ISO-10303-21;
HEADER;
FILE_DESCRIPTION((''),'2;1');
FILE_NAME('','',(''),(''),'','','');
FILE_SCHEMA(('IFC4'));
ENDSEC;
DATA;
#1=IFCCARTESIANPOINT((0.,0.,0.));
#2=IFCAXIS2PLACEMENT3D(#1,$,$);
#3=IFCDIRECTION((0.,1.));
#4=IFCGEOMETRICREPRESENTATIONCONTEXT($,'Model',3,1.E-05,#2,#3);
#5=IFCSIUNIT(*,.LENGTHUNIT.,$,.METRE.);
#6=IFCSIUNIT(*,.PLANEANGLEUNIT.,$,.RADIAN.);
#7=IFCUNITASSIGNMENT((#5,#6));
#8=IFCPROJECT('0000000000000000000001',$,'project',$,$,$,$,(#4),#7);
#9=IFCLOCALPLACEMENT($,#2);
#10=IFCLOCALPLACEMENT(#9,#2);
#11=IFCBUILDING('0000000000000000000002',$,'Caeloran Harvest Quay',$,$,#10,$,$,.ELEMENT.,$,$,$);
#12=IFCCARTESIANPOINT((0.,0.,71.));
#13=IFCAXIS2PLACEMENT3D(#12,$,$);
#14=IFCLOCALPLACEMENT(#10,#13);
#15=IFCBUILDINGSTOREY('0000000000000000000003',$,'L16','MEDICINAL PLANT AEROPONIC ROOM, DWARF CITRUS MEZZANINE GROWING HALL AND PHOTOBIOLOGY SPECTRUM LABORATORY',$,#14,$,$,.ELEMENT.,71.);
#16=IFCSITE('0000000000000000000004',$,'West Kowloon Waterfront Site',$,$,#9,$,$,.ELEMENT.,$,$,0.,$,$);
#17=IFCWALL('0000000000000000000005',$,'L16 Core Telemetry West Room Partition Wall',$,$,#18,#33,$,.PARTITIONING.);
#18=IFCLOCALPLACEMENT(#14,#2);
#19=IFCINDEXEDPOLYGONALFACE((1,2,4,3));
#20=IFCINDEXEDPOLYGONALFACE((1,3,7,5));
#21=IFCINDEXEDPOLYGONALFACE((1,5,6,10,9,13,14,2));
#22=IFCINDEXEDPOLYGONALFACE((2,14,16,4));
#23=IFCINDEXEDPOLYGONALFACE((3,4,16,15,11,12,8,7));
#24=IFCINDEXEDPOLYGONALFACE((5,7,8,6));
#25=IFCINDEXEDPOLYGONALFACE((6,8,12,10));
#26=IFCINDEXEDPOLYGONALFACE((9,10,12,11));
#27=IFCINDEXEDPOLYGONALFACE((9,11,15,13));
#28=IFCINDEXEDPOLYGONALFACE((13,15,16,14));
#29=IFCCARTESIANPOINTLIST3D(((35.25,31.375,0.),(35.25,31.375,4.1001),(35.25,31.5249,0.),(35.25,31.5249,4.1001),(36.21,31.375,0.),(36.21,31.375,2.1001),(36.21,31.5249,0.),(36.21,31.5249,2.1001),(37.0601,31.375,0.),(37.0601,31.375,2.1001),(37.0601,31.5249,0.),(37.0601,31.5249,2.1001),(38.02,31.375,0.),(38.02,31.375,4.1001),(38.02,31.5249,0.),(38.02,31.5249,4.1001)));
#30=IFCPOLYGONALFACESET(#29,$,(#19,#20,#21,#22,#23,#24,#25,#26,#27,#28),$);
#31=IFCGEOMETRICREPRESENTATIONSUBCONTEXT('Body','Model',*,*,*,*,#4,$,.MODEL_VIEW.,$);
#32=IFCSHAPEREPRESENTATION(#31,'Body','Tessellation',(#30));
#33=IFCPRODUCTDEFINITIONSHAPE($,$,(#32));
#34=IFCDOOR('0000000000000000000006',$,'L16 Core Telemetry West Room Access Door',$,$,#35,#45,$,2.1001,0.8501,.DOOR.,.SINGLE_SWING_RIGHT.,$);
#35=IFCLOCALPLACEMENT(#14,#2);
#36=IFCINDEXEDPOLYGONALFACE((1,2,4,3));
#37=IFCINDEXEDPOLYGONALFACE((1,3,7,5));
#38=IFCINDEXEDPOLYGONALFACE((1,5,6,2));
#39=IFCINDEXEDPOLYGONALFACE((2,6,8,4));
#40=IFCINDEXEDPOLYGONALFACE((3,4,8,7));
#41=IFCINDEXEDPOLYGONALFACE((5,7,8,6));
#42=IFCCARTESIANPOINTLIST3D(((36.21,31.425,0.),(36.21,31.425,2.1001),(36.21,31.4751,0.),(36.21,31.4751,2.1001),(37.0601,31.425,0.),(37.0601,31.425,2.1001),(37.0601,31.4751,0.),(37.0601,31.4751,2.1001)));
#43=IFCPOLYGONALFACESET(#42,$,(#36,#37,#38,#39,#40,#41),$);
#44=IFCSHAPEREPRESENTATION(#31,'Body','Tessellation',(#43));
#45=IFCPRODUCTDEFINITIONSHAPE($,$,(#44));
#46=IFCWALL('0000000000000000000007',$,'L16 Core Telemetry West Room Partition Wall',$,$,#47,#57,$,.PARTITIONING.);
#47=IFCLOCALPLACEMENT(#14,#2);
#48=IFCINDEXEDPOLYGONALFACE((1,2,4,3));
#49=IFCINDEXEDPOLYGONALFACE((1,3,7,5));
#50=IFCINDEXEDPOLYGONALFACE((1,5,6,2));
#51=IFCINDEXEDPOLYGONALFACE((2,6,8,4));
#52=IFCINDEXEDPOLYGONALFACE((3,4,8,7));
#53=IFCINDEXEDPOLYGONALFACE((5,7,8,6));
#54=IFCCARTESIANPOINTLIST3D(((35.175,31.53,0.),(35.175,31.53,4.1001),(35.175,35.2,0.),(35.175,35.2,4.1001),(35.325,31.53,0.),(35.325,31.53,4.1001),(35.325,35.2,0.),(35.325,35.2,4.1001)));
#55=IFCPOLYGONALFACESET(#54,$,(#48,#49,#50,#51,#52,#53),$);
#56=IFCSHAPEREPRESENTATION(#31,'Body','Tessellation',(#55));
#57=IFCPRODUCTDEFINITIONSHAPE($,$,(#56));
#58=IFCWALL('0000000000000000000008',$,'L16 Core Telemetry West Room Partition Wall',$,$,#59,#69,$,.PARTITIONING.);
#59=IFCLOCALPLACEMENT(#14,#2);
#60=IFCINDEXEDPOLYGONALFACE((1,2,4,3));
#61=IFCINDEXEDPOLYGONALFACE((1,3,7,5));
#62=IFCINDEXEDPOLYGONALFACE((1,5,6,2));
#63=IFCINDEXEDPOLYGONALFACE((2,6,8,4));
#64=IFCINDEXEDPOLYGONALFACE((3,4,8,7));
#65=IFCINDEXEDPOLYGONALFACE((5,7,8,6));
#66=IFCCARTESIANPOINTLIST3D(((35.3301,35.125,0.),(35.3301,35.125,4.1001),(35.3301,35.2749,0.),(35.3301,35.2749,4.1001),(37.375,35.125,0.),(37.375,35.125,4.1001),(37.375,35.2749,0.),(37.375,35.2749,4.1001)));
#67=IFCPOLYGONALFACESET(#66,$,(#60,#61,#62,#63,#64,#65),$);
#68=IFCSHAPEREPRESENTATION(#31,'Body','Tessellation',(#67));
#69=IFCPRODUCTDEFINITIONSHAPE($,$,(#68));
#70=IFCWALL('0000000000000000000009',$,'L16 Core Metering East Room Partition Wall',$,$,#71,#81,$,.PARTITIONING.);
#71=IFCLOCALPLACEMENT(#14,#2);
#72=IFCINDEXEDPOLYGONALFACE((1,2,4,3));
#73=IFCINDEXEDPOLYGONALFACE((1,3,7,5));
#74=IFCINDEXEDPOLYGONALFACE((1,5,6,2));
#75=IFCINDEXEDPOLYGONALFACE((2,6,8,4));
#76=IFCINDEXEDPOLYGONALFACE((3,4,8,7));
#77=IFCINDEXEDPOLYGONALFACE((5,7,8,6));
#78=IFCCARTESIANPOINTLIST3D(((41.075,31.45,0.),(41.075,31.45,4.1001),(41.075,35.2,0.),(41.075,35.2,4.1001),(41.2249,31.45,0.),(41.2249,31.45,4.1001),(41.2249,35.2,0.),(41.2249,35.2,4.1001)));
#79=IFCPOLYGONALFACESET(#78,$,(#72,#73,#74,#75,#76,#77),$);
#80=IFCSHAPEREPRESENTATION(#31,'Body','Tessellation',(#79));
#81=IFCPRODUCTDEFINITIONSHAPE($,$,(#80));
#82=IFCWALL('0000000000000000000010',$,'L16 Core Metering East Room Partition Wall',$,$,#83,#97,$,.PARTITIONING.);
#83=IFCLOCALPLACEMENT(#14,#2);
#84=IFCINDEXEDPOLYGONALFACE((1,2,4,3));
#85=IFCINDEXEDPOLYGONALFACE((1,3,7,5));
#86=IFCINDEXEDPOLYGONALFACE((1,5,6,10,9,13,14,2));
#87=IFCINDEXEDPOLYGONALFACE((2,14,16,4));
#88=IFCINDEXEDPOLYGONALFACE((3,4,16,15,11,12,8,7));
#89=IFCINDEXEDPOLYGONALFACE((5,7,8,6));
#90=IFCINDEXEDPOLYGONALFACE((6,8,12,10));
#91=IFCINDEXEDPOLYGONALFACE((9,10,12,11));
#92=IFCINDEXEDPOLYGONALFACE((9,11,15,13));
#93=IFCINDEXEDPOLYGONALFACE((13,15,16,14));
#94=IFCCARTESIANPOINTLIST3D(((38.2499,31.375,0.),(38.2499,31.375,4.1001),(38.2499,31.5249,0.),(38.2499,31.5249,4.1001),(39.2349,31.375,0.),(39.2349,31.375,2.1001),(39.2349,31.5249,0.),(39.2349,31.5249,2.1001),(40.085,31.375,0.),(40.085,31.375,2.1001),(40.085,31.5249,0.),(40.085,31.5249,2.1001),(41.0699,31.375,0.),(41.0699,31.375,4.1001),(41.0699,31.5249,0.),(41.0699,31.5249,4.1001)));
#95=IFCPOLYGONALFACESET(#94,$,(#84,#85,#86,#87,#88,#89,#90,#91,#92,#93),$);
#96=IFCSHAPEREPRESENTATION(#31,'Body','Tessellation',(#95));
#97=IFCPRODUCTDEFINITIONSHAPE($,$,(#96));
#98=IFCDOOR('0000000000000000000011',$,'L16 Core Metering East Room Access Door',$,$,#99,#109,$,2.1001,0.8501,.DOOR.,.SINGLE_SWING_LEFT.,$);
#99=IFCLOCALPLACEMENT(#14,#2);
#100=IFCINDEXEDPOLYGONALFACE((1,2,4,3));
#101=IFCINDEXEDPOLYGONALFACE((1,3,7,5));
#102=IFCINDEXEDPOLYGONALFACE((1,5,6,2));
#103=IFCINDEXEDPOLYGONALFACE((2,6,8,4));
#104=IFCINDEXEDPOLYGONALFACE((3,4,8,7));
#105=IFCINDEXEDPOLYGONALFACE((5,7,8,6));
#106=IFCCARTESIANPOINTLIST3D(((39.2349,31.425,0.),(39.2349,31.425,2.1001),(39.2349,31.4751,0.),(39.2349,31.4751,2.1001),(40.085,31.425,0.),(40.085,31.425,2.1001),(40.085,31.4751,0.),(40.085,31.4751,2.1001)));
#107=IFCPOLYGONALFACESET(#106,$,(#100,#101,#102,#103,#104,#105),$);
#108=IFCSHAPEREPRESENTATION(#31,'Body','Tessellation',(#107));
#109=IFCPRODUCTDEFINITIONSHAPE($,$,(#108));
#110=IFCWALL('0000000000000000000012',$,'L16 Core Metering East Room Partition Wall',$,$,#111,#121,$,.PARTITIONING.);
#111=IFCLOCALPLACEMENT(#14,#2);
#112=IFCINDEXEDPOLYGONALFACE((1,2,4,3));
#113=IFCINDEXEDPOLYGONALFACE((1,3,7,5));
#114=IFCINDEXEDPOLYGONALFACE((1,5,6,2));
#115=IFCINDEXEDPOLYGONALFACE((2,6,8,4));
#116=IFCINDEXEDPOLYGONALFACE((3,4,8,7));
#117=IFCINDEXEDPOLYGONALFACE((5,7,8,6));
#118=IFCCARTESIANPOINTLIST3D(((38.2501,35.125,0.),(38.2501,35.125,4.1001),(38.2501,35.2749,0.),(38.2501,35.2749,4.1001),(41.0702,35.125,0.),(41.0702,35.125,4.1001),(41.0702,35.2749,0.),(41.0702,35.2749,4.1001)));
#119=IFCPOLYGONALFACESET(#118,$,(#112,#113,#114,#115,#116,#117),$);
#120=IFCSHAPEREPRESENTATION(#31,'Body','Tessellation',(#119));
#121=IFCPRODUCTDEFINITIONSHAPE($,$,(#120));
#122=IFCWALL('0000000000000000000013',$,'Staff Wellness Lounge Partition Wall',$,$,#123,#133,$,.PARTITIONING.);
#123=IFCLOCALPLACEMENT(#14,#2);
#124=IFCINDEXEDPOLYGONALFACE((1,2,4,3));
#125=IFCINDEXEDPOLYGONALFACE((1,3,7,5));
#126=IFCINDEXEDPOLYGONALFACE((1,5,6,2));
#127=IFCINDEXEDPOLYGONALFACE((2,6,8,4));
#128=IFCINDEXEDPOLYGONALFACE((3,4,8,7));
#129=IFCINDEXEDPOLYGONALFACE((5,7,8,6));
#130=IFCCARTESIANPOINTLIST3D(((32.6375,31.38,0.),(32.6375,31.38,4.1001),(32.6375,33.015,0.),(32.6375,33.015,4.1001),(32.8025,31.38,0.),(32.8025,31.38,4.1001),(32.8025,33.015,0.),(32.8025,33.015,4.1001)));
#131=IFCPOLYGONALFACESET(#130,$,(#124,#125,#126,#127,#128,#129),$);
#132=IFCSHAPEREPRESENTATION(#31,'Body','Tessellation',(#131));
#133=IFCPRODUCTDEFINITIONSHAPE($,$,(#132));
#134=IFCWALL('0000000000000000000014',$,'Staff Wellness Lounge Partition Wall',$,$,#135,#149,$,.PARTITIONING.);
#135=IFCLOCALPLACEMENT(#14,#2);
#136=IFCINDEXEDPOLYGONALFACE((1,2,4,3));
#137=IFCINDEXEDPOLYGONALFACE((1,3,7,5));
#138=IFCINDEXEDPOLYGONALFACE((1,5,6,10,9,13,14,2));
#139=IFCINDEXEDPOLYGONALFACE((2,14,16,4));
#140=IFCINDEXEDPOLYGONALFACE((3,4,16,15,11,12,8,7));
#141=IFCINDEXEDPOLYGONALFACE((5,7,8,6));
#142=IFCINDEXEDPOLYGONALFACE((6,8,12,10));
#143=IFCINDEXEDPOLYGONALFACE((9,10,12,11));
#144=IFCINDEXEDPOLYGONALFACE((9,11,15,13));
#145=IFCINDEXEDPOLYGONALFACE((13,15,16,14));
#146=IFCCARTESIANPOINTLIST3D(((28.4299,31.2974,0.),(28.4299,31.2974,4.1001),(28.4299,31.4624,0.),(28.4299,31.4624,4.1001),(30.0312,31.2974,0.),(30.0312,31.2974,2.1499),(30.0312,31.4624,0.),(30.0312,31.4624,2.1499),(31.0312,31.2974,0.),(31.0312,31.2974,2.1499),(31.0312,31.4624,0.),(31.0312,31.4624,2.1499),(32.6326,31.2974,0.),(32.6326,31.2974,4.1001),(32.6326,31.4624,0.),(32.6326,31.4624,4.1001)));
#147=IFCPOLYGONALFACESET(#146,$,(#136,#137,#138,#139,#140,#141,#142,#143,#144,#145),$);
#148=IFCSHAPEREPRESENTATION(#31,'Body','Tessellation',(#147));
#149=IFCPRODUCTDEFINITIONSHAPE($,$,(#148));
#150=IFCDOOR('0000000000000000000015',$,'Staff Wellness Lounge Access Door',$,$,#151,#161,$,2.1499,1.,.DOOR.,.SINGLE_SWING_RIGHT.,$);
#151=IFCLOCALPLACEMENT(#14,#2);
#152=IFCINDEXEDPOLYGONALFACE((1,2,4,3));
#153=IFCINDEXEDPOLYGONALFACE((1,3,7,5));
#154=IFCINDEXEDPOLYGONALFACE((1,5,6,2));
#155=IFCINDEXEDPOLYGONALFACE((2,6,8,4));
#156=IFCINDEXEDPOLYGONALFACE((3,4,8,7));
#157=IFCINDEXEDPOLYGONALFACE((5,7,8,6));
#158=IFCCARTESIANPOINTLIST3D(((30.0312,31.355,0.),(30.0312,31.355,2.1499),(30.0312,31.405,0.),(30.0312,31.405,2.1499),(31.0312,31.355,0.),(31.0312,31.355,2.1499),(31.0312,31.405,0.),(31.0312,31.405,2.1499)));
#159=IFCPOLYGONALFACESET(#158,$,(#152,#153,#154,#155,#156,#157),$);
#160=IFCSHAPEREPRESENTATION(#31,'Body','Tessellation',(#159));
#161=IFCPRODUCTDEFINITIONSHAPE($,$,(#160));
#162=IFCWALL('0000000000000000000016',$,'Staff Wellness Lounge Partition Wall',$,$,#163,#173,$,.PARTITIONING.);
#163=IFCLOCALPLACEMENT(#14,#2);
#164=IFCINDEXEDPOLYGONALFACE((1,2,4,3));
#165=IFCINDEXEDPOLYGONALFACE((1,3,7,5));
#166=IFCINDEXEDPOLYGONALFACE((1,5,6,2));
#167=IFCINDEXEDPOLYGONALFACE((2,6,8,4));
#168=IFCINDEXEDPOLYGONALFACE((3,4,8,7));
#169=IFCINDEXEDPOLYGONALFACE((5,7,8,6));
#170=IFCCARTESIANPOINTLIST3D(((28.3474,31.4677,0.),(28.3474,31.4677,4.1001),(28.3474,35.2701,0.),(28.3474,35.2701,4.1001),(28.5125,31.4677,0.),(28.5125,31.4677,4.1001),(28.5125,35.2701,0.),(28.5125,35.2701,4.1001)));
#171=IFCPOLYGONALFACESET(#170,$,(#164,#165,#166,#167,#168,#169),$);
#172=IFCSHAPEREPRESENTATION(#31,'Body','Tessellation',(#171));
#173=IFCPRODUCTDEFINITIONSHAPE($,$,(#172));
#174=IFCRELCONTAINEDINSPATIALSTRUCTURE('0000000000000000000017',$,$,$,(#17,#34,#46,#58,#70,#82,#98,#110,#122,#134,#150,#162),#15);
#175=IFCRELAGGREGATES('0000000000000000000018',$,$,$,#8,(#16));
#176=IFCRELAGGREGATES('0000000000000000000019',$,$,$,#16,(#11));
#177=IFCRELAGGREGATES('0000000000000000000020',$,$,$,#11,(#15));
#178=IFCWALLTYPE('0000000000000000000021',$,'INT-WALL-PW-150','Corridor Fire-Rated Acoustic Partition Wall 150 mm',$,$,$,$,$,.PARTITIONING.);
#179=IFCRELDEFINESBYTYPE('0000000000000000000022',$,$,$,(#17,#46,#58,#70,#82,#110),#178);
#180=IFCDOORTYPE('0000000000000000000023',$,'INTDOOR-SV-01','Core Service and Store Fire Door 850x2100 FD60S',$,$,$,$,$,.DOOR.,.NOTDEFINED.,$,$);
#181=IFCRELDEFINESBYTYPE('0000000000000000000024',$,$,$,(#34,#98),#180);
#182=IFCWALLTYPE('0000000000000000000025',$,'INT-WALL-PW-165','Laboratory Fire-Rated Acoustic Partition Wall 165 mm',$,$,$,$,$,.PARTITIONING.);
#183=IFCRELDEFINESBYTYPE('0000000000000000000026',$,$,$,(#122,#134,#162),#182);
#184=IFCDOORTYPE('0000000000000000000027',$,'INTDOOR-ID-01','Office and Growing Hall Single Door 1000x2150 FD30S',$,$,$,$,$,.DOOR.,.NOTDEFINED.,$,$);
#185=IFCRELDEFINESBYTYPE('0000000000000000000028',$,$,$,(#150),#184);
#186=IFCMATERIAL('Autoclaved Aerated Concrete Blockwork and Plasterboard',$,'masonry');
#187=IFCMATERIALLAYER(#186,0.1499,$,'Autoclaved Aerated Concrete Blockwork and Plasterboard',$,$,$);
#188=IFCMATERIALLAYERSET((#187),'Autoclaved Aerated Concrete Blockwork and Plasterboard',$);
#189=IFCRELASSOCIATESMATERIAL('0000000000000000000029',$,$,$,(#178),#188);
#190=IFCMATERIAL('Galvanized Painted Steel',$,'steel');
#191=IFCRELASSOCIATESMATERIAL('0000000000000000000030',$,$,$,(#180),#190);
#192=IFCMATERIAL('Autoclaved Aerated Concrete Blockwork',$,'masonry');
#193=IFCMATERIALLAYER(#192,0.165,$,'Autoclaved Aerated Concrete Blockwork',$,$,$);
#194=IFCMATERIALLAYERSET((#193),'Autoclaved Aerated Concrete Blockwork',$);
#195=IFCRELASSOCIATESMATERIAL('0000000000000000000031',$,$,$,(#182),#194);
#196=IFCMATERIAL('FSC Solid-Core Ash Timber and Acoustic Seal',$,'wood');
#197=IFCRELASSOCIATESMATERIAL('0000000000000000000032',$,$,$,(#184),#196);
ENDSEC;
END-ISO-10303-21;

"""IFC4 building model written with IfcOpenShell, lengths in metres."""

from ifc_helpers import new_model, si_unit, direction, frame, frame_2d, origin, place, context, subcontext, project, spatial, rectangle, extrude, material, layer, layer_set, type_object, element, fill, save


model = new_model("IFC4")

# Units and contexts
model_context = context("Model", 3, precision=1e-05, world=origin(), true_north=direction((0.0, 1.0)))
body_context = subcontext(model_context, "Body", "Model", "MODEL_VIEW")
ifc_project = project(units=[si_unit("LENGTHUNIT", "METRE"), si_unit("PLANEANGLEUNIT", "RADIAN")], contexts=[model_context])

# Site, building, storey
site_placement = place(None, origin())
site = spatial("IfcSite", under=ifc_project, at=site_placement, Name="West Kowloon Waterfront Site", CompositionType="ELEMENT", RefElevation=0.0)
building_placement = place(site_placement, origin())
building = spatial("IfcBuilding", under=site, at=building_placement, Name="Caeloran Harvest Quay", CompositionType="ELEMENT")
storey_placement = place(building_placement, frame((0.0, 0.0, 71.0)))
storey = spatial("IfcBuildingStorey", under=building, at=storey_placement, Name="L16", Description="MEDICINAL PLANT AEROPONIC ROOM, DWARF CITRUS MEZZANINE GROWING HALL AND PHOTOBIOLOGY SPECTRUM LABORATORY", CompositionType="ELEMENT", Elevation=71.0)

# Shared definitions
ifc_material_1 = material(Name="Autoclaved Aerated Concrete Blockwork and Plasterboard", Category="masonry")
ifc_layer_1 = layer(ifc_material_1, 0.1499, Name="Autoclaved Aerated Concrete Blockwork and Plasterboard")
ifc_layer_set_1 = layer_set([ifc_layer_1], Name="Autoclaved Aerated Concrete Blockwork and Plasterboard")
wall_type_1 = type_object("IfcWallType", Name="INT-WALL-PW-150", Description="Corridor Fire-Rated Acoustic Partition Wall 150 mm", PredefinedType="PARTITIONING", material=ifc_layer_set_1)

# Wall, opening, door
wall_1_placement = place(storey_placement, frame((38.02, 31.45, 0.0), z_axis=(0.0, 0.0, 1.0), x_axis=(-1.0, 0.0, 0.0)))
wall_1 = element("IfcWall", 1, at=wall_1_placement, inside=storey, type_object=wall_type_1, Name="L16 Core Telemetry West Room Partition Wall", PredefinedType="PARTITIONING", context=body_context, shape_type="SweptSolid", body=[
    extrude(rectangle(XDim=2.77, YDim=0.1499, at=frame_2d((1.385, 0.0))), origin(), (0.0, 0.0, 1.0), 4.1001),
])
opening_1_placement = place(wall_1_placement, frame((0.96, 0.0, 0.0)))
opening_1 = element("IfcOpeningElement", 2, at=opening_1_placement, cuts=wall_1, PredefinedType="OPENING", context=body_context, shape_type="SweptSolid", body=[
    extrude(rectangle(XDim=0.8501, YDim=2.1001, at=frame_2d((0.425, 1.05))), frame((0.0, 0.085, 0.0), z_axis=(0.0, -1.0, 0.0), x_axis=(1.0, 0.0, 0.0)), (0.0, 0.0, 1.0), 0.1699),
])
ifc_material_2 = material(Name="Galvanized Painted Steel", Category="steel")
door_type_1 = type_object("IfcDoorType", Name="INTDOOR-SV-01", Description="Core Service and Store Fire Door 850x2100 FD60S", OperationType="NOTDEFINED", PredefinedType="DOOR", material=ifc_material_2)
door_1_placement = place(opening_1_placement, origin())
door_1 = element("IfcDoor", 3, at=door_1_placement, inside=storey, type_object=door_type_1, Name="L16 Core Telemetry West Room Access Door", OperationType="SINGLE_SWING_RIGHT", OverallHeight=2.1001, OverallWidth=0.8501, PredefinedType="DOOR", context=body_context, shape_type="SweptSolid", body=[
    extrude(rectangle(XDim=0.8501, YDim=2.1001, at=frame_2d((0.425, 1.05))), frame((0.0, 0.0249, 0.0), z_axis=(0.0, -1.0, 0.0), x_axis=(1.0, 0.0, 0.0)), (0.0, 0.0, 1.0), 0.05),
])
fill(opening_1, door_1)

# Walls
wall_2_placement = place(storey_placement, frame((35.25, 31.53, 0.0), z_axis=(0.0, 0.0, 1.0), x_axis=(0.0, 1.0, 0.0)))
element("IfcWall", 4, at=wall_2_placement, inside=storey, type_object=wall_type_1, Name="L16 Core Telemetry West Room Partition Wall", PredefinedType="PARTITIONING", context=body_context, shape_type="SweptSolid", body=[
    extrude(rectangle(XDim=3.6699, YDim=0.1499, at=frame_2d((1.835, 0.0))), origin(), (0.0, 0.0, 1.0), 4.1001),
])
wall_3_placement = place(storey_placement, frame((35.3301, 35.2, 0.0), z_axis=(0.0, 0.0, 1.0), x_axis=(1.0, 0.0, 0.0)))
element("IfcWall", 5, at=wall_3_placement, inside=storey, type_object=wall_type_1, Name="L16 Core Telemetry West Room Partition Wall", PredefinedType="PARTITIONING", context=body_context, shape_type="SweptSolid", body=[
    extrude(rectangle(XDim=2.0449, YDim=0.1499, at=frame_2d((1.0225, 0.0))), origin(), (0.0, 0.0, 1.0), 4.1001),
])
wall_4_placement = place(storey_placement, frame((41.1499, 35.2, 0.0), z_axis=(0.0, 0.0, 1.0), x_axis=(0.0, -1.0, 0.0)))
element("IfcWall", 6, at=wall_4_placement, inside=storey, type_object=wall_type_1, Name="L16 Core Metering East Room Partition Wall", PredefinedType="PARTITIONING", context=body_context, shape_type="SweptSolid", body=[
    extrude(rectangle(XDim=3.75, YDim=0.1499, at=frame_2d((1.875, 0.0))), origin(), (0.0, 0.0, 1.0), 4.1001),
])

# Wall, opening, door
wall_5_placement = place(storey_placement, frame((41.0701, 31.45, 0.0), z_axis=(0.0, 0.0, 1.0), x_axis=(-1.0, 0.0, 0.0)))
wall_5 = element("IfcWall", 7, at=wall_5_placement, inside=storey, type_object=wall_type_1, Name="L16 Core Metering East Room Partition Wall", PredefinedType="PARTITIONING", context=body_context, shape_type="SweptSolid", body=[
    extrude(rectangle(XDim=2.8201, YDim=0.1499, at=frame_2d((1.4102, 0.0))), origin(), (0.0, 0.0, 1.0), 4.1001),
])
opening_2_placement = place(wall_5_placement, frame((0.9851, 0.0, 0.0)))
opening_2 = element("IfcOpeningElement", 8, at=opening_2_placement, cuts=wall_5, PredefinedType="OPENING", context=body_context, shape_type="SweptSolid", body=[
    extrude(rectangle(XDim=0.8501, YDim=2.1001, at=frame_2d((0.425, 1.05))), frame((0.0, 0.085, 0.0), z_axis=(0.0, -1.0, 0.0), x_axis=(1.0, 0.0, 0.0)), (0.0, 0.0, 1.0), 0.1699),
])
door_2_placement = place(opening_2_placement, origin())
door_2 = element("IfcDoor", 9, at=door_2_placement, inside=storey, type_object=door_type_1, Name="L16 Core Metering East Room Access Door", OperationType="SINGLE_SWING_LEFT", OverallHeight=2.1001, OverallWidth=0.8501, PredefinedType="DOOR", context=body_context, shape_type="SweptSolid", body=[
    extrude(rectangle(XDim=0.8501, YDim=2.1001, at=frame_2d((0.425, 1.05))), frame((0.0, 0.0249, 0.0), z_axis=(0.0, -1.0, 0.0), x_axis=(1.0, 0.0, 0.0)), (0.0, 0.0, 1.0), 0.05),
])
fill(opening_2, door_2)

# Walls
wall_6_placement = place(storey_placement, frame((38.25, 35.2, 0.0), z_axis=(0.0, 0.0, 1.0), x_axis=(1.0, 0.0, 0.0)))
element("IfcWall", 10, at=wall_6_placement, inside=storey, type_object=wall_type_1, Name="L16 Core Metering East Room Partition Wall", PredefinedType="PARTITIONING", context=body_context, shape_type="SweptSolid", body=[
    extrude(rectangle(XDim=2.8201, YDim=0.1499, at=frame_2d((1.4102, 0.0))), origin(), (0.0, 0.0, 1.0), 4.1001),
])
ifc_material_3 = material(Name="Autoclaved Aerated Concrete Blockwork", Category="masonry")
ifc_layer_2 = layer(ifc_material_3, 0.165, Name="Autoclaved Aerated Concrete Blockwork")
ifc_layer_set_2 = layer_set([ifc_layer_2], Name="Autoclaved Aerated Concrete Blockwork")
wall_type_2 = type_object("IfcWallType", Name="INT-WALL-PW-165", Description="Laboratory Fire-Rated Acoustic Partition Wall 165 mm", PredefinedType="PARTITIONING", material=ifc_layer_set_2)
wall_7_placement = place(storey_placement, frame((32.72, 33.0149, 0.0), z_axis=(0.0, 0.0, 1.0), x_axis=(0.0, -1.0, 0.0)))
element("IfcWall", 11, at=wall_7_placement, inside=storey, type_object=wall_type_2, Name="Staff Wellness Lounge Partition Wall", PredefinedType="PARTITIONING", context=body_context, shape_type="SweptSolid", body=[
    extrude(rectangle(XDim=1.635, YDim=0.165, at=frame_2d((0.8174, 0.0))), origin(), (0.0, 0.0, 1.0), 4.1001),
])

# Wall, opening, door
wall_8_placement = place(storey_placement, frame((32.6326, 31.3799, 0.0), z_axis=(0.0, 0.0, 1.0), x_axis=(-1.0, 0.0, 0.0)))
wall_8 = element("IfcWall", 12, at=wall_8_placement, inside=storey, type_object=wall_type_2, Name="Staff Wellness Lounge Partition Wall", PredefinedType="PARTITIONING", context=body_context, shape_type="SweptSolid", body=[
    extrude(rectangle(XDim=4.2026, YDim=0.165, at=frame_2d((2.1013, 0.0))), origin(), (0.0, 0.0, 1.0), 4.1001),
])
opening_3_placement = place(wall_8_placement, frame((1.6013, 0.0, 0.0)))
opening_3 = element("IfcOpeningElement", 13, at=opening_3_placement, cuts=wall_8, PredefinedType="OPENING", context=body_context, shape_type="SweptSolid", body=[
    extrude(rectangle(XDim=1.0, YDim=2.1499, at=frame_2d((0.5, 1.075))), frame((0.0, 0.0925, 0.0), z_axis=(0.0, -1.0, 0.0), x_axis=(1.0, 0.0, 0.0)), (0.0, 0.0, 1.0), 0.1851),
])
ifc_material_4 = material(Name="FSC Solid-Core Ash Timber and Acoustic Seal", Category="wood")
door_type_2 = type_object("IfcDoorType", Name="INTDOOR-ID-01", Description="Office and Growing Hall Single Door 1000x2150 FD30S", OperationType="NOTDEFINED", PredefinedType="DOOR", material=ifc_material_4)
door_3_placement = place(opening_3_placement, origin())
door_3 = element("IfcDoor", 14, at=door_3_placement, inside=storey, type_object=door_type_2, Name="Staff Wellness Lounge Access Door", OperationType="SINGLE_SWING_RIGHT", OverallHeight=2.1499, OverallWidth=1.0, PredefinedType="DOOR", context=body_context, shape_type="SweptSolid", body=[
    extrude(rectangle(XDim=1.0, YDim=2.1499, at=frame_2d((0.5, 1.075))), frame((0.0, 0.0249, 0.0), z_axis=(0.0, -1.0, 0.0), x_axis=(1.0, 0.0, 0.0)), (0.0, 0.0, 1.0), 0.05),
])
fill(opening_3, door_3)

# Wall
wall_9_placement = place(storey_placement, frame((28.4299, 31.4675, 0.0), z_axis=(0.0, 0.0, 1.0), x_axis=(0.0, 1.0, 0.0)))
element("IfcWall", 15, at=wall_9_placement, inside=storey, type_object=wall_type_2, Name="Staff Wellness Lounge Partition Wall", PredefinedType="PARTITIONING", context=body_context, shape_type="SweptSolid", body=[
    extrude(rectangle(XDim=3.8025, YDim=0.165, at=frame_2d((1.9014, 0.0))), origin(), (0.0, 0.0, 1.0), 4.1001),
])

save(model, "model.ifc")
